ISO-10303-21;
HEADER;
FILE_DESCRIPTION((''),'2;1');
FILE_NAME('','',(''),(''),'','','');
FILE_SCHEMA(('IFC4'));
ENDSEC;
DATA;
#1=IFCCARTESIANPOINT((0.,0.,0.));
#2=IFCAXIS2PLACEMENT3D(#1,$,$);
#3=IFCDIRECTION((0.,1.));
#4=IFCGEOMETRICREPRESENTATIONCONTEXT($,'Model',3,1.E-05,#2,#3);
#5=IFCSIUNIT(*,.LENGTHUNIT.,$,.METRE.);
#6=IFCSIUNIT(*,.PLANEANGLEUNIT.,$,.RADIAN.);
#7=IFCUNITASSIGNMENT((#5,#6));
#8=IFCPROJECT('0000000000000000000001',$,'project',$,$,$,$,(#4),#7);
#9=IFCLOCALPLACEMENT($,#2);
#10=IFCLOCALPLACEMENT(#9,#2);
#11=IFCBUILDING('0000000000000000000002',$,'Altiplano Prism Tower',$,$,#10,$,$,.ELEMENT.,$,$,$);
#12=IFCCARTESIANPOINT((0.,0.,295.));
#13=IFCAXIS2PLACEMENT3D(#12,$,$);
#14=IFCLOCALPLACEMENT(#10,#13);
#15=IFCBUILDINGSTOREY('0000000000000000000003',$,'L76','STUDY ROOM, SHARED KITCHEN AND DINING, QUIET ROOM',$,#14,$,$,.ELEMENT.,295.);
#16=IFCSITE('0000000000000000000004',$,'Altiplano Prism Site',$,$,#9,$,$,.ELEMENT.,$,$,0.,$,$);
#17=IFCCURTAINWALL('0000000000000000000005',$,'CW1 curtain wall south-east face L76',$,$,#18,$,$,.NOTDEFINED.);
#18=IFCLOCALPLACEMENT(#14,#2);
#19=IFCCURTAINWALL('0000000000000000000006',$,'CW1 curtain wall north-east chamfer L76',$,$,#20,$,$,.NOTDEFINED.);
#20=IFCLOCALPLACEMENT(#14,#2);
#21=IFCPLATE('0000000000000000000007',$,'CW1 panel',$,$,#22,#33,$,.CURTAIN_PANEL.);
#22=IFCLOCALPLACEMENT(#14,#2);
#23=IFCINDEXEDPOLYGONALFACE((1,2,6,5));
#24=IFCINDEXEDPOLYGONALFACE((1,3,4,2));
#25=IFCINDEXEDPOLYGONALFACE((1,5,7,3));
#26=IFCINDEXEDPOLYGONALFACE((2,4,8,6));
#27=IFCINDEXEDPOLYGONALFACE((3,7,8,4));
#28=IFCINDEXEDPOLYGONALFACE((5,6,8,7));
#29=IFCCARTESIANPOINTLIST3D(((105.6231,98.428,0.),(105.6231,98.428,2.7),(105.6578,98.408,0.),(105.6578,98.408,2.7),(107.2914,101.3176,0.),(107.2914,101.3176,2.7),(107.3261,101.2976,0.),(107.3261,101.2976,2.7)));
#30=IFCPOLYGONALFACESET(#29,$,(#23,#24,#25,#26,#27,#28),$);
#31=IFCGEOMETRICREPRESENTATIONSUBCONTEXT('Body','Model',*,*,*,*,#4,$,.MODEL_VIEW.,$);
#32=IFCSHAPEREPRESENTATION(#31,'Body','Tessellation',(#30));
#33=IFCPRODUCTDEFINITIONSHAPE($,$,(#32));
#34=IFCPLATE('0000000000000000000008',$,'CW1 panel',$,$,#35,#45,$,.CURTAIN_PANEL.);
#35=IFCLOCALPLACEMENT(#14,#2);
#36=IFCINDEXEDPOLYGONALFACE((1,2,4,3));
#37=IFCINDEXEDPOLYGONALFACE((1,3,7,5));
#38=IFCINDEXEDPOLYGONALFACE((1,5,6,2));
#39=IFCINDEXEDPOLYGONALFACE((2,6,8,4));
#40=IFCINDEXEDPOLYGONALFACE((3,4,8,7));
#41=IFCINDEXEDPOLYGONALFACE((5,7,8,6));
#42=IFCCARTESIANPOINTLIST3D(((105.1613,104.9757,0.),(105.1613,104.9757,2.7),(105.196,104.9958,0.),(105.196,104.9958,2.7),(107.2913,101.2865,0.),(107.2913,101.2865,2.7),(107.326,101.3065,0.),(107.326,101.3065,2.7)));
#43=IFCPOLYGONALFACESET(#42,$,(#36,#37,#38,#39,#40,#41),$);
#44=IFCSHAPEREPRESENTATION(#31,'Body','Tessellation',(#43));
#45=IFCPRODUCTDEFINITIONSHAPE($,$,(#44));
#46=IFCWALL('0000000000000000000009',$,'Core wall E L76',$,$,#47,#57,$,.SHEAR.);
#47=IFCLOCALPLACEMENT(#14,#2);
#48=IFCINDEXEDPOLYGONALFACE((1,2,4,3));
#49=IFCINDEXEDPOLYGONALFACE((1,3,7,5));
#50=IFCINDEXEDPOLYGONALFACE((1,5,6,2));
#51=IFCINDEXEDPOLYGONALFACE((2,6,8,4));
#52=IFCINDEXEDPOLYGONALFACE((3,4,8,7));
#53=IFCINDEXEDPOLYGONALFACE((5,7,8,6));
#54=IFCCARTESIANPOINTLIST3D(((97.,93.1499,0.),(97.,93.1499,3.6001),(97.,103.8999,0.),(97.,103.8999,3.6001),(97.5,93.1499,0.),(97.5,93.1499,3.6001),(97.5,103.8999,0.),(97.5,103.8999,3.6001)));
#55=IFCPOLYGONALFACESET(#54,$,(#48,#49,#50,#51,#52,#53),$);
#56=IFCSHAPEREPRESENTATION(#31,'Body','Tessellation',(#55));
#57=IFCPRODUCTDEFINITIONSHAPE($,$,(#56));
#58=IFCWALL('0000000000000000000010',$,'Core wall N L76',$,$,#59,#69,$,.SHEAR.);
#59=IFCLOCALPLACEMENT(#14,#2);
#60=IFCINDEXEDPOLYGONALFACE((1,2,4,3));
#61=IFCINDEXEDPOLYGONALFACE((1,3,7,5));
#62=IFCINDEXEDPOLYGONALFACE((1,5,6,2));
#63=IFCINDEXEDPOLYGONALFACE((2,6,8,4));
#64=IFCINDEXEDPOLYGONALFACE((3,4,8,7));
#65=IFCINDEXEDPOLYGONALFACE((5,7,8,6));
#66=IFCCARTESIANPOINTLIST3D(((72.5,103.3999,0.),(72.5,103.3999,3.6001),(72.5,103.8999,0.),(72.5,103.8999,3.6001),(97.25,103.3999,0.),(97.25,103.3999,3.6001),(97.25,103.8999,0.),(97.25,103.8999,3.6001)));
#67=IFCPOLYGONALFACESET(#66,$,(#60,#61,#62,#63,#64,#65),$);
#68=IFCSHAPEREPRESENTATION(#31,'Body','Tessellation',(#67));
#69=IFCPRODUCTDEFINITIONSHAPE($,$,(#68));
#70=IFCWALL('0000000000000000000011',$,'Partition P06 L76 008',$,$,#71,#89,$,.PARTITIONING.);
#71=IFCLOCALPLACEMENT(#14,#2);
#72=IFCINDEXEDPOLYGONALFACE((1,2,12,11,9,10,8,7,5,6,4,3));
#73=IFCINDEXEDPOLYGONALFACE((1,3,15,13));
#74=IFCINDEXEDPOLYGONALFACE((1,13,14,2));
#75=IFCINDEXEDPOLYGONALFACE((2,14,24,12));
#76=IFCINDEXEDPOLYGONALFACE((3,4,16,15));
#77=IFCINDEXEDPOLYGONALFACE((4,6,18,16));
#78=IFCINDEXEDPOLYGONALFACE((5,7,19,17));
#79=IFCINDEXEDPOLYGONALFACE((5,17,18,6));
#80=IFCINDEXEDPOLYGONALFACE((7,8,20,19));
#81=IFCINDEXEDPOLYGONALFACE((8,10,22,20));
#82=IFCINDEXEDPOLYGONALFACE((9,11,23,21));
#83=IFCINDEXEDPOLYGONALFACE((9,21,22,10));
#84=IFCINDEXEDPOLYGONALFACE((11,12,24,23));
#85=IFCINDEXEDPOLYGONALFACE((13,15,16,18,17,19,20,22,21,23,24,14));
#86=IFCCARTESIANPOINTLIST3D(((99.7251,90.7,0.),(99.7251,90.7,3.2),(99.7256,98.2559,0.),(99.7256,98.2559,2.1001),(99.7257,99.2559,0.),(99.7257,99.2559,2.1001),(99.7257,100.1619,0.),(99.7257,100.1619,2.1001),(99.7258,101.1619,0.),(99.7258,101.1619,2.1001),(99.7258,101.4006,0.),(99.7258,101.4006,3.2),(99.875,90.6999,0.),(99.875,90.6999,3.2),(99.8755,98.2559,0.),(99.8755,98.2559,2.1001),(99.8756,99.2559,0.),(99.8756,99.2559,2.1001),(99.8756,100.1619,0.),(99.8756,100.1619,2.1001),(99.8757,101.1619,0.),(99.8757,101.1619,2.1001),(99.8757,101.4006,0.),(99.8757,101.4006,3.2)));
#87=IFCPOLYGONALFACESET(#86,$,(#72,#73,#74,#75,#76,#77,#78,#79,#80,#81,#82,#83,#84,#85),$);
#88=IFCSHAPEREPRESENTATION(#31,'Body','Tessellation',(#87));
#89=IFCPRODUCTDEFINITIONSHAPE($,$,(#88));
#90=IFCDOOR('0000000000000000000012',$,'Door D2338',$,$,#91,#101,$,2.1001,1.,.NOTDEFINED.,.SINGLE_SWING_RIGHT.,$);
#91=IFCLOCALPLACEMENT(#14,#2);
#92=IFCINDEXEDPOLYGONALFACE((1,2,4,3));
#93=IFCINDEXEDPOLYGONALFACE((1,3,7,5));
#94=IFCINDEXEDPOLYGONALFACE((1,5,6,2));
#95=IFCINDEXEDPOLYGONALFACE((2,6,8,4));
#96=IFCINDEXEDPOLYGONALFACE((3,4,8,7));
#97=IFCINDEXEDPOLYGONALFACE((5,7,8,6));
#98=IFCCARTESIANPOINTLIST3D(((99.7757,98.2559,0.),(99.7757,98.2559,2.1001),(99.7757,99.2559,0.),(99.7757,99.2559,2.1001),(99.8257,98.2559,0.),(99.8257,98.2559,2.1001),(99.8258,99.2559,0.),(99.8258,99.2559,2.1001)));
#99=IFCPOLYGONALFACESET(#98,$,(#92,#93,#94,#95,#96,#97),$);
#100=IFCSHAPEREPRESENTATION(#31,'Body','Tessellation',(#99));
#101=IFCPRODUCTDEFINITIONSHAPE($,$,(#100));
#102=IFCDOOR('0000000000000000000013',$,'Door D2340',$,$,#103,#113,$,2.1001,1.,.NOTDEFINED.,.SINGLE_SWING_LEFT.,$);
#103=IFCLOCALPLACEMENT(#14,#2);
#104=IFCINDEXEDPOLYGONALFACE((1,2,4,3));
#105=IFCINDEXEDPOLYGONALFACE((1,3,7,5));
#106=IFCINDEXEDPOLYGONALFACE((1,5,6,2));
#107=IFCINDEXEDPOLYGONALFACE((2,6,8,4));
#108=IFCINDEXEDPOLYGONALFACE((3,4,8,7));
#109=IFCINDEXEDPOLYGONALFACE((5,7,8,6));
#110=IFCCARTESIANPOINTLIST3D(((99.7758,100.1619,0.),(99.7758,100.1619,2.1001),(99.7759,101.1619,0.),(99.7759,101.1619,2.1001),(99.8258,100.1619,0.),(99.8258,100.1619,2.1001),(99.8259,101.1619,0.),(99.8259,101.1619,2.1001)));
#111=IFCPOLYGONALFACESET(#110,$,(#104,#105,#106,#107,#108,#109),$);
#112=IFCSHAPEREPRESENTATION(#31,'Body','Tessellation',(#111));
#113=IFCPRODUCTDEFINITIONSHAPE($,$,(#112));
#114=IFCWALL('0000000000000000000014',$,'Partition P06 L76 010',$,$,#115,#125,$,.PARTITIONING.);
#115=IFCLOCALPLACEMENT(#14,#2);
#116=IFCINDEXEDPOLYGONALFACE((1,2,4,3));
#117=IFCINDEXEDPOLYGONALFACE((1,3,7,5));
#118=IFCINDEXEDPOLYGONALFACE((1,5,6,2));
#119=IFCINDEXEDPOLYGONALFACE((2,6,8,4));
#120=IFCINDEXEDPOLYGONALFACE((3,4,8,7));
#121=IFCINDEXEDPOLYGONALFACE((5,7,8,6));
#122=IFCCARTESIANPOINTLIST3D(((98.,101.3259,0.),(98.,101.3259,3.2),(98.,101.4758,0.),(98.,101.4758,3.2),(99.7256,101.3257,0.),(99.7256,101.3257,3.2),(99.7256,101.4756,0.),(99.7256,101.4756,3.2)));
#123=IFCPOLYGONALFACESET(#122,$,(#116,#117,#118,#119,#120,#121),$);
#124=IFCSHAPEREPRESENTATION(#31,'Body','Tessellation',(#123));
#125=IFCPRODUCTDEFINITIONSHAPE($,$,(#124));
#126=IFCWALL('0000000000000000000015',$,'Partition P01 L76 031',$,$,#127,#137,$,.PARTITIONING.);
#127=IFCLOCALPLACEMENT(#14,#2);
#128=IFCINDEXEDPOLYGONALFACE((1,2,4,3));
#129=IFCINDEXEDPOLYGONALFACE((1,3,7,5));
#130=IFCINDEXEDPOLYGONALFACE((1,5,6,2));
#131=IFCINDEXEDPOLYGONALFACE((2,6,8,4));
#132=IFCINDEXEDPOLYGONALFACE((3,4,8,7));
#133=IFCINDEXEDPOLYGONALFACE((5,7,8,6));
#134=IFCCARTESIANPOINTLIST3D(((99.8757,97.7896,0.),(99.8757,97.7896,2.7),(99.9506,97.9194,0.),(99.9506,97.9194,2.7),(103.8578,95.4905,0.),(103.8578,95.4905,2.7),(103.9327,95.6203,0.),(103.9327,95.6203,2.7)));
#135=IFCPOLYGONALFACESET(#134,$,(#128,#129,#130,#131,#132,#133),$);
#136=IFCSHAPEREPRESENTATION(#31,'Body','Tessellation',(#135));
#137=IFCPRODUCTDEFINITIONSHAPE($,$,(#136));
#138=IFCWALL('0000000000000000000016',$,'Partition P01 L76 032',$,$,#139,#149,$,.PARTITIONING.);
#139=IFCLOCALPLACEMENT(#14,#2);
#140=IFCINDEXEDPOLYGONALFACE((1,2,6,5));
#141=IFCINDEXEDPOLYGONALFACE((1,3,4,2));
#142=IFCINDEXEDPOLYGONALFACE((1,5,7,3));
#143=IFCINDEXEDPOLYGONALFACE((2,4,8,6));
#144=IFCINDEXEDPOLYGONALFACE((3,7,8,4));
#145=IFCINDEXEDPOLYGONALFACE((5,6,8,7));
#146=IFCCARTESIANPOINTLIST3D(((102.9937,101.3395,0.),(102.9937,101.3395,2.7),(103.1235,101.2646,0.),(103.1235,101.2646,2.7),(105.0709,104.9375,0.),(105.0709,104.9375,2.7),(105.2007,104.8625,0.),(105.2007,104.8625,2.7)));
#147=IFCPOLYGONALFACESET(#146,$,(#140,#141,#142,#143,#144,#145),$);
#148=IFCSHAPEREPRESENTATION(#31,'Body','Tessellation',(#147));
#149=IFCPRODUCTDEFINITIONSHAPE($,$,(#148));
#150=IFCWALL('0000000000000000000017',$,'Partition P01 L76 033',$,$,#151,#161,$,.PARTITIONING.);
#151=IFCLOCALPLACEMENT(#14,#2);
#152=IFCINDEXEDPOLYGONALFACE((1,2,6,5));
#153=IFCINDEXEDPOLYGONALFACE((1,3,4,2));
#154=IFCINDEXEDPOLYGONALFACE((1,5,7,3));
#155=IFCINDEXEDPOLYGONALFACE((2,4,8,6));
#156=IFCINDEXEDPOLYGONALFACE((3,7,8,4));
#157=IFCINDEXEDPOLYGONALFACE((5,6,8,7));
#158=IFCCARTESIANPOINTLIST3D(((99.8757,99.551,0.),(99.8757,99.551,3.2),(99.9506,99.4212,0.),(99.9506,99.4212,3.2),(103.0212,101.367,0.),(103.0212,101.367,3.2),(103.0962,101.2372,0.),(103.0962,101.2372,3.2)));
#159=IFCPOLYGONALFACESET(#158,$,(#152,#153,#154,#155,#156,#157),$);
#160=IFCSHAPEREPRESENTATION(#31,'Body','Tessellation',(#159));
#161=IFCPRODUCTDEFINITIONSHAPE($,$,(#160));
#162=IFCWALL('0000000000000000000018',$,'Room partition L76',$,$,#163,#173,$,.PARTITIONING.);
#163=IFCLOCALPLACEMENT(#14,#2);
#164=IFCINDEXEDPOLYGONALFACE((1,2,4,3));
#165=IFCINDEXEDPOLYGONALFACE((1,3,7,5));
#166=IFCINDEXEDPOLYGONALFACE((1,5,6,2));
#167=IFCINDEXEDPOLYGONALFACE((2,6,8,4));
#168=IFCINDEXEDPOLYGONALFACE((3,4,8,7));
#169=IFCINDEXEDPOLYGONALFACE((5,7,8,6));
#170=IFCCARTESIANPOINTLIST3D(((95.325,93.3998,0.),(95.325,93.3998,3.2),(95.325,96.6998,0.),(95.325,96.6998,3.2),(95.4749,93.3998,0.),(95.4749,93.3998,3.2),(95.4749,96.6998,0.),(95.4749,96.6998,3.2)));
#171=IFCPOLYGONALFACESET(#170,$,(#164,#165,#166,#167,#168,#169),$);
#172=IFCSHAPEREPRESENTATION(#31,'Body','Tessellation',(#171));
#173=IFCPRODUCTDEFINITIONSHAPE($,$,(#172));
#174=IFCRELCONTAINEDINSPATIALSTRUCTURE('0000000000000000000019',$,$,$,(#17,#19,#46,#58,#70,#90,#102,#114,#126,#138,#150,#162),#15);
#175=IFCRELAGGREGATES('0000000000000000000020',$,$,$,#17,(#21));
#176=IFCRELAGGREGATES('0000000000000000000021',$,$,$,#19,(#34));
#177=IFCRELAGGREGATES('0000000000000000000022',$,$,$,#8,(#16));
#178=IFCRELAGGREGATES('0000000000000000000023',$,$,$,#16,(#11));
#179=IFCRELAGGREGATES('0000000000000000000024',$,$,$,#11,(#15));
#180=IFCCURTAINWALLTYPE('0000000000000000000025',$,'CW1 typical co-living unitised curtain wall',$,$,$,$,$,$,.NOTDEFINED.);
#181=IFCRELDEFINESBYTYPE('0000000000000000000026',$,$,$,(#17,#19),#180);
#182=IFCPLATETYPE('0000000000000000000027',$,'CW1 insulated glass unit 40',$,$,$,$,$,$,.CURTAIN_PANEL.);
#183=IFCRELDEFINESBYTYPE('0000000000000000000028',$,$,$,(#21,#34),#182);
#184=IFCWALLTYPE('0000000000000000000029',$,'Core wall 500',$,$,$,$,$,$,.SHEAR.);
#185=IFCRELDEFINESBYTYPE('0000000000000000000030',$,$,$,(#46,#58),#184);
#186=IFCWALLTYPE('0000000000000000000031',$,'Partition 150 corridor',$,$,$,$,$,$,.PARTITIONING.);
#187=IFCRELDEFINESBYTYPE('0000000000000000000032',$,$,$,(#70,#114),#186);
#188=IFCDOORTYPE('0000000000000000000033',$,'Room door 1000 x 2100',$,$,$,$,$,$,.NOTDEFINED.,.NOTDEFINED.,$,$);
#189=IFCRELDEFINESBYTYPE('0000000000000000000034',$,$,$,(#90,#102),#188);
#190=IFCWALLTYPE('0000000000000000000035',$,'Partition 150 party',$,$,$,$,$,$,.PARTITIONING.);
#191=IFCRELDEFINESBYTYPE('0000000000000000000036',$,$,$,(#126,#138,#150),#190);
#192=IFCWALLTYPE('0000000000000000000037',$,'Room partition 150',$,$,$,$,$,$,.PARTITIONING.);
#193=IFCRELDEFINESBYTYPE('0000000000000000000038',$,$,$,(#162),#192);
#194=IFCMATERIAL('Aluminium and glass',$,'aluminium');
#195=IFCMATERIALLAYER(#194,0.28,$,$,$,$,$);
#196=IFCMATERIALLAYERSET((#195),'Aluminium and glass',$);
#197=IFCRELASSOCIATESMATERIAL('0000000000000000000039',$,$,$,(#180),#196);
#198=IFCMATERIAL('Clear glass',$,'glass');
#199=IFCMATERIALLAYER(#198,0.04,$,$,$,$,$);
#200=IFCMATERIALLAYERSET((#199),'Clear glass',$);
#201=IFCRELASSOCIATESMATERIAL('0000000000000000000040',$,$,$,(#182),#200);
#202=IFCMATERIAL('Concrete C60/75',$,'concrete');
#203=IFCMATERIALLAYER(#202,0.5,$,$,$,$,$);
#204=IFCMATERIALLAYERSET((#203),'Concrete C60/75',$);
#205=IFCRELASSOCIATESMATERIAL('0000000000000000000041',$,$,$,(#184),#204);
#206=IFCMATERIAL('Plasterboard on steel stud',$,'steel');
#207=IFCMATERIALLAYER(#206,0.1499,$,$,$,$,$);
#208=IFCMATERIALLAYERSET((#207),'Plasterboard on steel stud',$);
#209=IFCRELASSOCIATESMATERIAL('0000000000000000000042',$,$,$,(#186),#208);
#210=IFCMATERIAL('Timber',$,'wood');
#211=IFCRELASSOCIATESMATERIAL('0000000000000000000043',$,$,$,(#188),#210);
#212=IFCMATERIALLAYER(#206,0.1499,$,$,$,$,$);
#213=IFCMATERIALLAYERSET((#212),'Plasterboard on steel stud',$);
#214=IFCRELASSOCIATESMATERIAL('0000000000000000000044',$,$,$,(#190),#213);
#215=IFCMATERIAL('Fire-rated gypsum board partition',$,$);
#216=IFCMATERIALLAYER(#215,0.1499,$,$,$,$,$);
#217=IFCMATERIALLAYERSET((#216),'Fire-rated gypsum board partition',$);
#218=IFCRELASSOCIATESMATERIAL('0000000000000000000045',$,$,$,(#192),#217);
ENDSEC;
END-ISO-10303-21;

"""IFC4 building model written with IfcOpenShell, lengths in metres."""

from ifc_helpers import new_model, si_unit, direction, frame, frame_2d, origin, origin_2d, place, context, subcontext, project, spatial, rectangle, extrude, material, layer, layer_set, type_object, element, fill, aggregate, save


model = new_model("IFC4")

# Units and contexts
model_context = context("Model", 3, precision=1e-05, world=origin(), true_north=direction((0.0, 1.0)))
body_context = subcontext(model_context, "Body", "Model", "MODEL_VIEW")
ifc_project = project(units=[si_unit("LENGTHUNIT", "METRE"), si_unit("PLANEANGLEUNIT", "RADIAN")], contexts=[model_context])

# Site, building, storey
site_placement = place(None, origin())
site = spatial("IfcSite", under=ifc_project, at=site_placement, Name="Altiplano Prism Site", CompositionType="ELEMENT", RefElevation=0.0)
building_placement = place(site_placement, origin())
building = spatial("IfcBuilding", under=site, at=building_placement, Name="Altiplano Prism Tower", CompositionType="ELEMENT")
storey_placement = place(building_placement, frame((0.0, 0.0, 295.0)))
storey = spatial("IfcBuildingStorey", under=building, at=storey_placement, Name="L76", Description="STUDY ROOM, SHARED KITCHEN AND DINING, QUIET ROOM", CompositionType="ELEMENT", Elevation=295.0)

# Shared definitions
ifc_material_1 = material(Name="Concrete C60/75", Category="concrete")

# Curtain wall
ifc_material_2 = material(Name="Aluminium and glass", Category="aluminium")
ifc_layer_1 = layer(ifc_material_2, 0.28)
ifc_layer_set_1 = layer_set([ifc_layer_1], Name="Aluminium and glass")
curtain_wall_type = type_object("IfcCurtainWallType", Name="CW1 typical co-living unitised curtain wall", PredefinedType="NOTDEFINED", material=ifc_layer_set_1)
curtain_wall_1_placement = place(storey_placement, origin())
curtain_wall_1 = element("IfcCurtainWall", 1, at=curtain_wall_1_placement, inside=storey, type_object=curtain_wall_type, Name="CW1 curtain wall south-east face L76", PredefinedType="NOTDEFINED")

# Curtain wall
curtain_wall_2_placement = place(storey_placement, origin())
curtain_wall_2 = element("IfcCurtainWall", 2, at=curtain_wall_2_placement, inside=storey, type_object=curtain_wall_type, Name="CW1 curtain wall north-east chamfer L76", PredefinedType="NOTDEFINED")

# Plates
ifc_material_3 = material(Name="Clear glass", Category="glass")
ifc_layer_2 = layer(ifc_material_3, 0.04)
ifc_layer_set_2 = layer_set([ifc_layer_2], Name="Clear glass")
plate_type = type_object("IfcPlateType", Name="CW1 insulated glass unit 40", PredefinedType="CURTAIN_PANEL", material=ifc_layer_set_2)
plate_1_placement = place(storey_placement, frame((106.4746, 99.8628, 0.0), z_axis=(0.0, 0.0, 1.0), x_axis=(0.5, 0.866025, 0.0)))
plate_1 = element("IfcPlate", 3, at=plate_1_placement, type_object=plate_type, Name="CW1 panel", PredefinedType="CURTAIN_PANEL", context=body_context, shape_type="SweptSolid", body=[
    extrude(rectangle(XDim=3.3367, YDim=0.04, at=origin_2d()), origin(), (0.0, 0.0, 1.0), 2.7),
])
aggregate(curtain_wall_1, [plate_1])
plate_2_placement = place(storey_placement, frame((106.2437, 103.1411, 0.0), z_axis=(0.0, 0.0, 1.0), x_axis=(-0.5, 0.866025, 0.0)))
plate_2 = element("IfcPlate", 4, at=plate_2_placement, type_object=plate_type, Name="CW1 panel", PredefinedType="CURTAIN_PANEL", context=body_context, shape_type="SweptSolid", body=[
    extrude(rectangle(XDim=4.26, YDim=0.04, at=origin_2d()), origin(), (0.0, 0.0, 1.0), 2.7),
])
aggregate(curtain_wall_2, [plate_2])

# Walls
ifc_layer_3 = layer(ifc_material_1, 0.5)
ifc_layer_set_3 = layer_set([ifc_layer_3], Name="Concrete C60/75")
wall_type_1 = type_object("IfcWallType", Name="Core wall 500", PredefinedType="SHEAR", material=ifc_layer_set_3)
wall_1_placement = place(storey_placement, frame((97.25, 93.1499, 0.0), z_axis=(0.0, 0.0, 1.0), x_axis=(0.0, 1.0, 0.0)))
element("IfcWall", 5, at=wall_1_placement, inside=storey, type_object=wall_type_1, Name="Core wall E L76", PredefinedType="SHEAR", context=body_context, shape_type="SweptSolid", body=[
    extrude(rectangle(XDim=10.75, YDim=0.5, at=frame_2d((5.375, 0.0))), origin(), (0.0, 0.0, 1.0), 3.6001),
])
wall_2_placement = place(storey_placement, frame((97.25, 103.6499, 0.0), z_axis=(0.0, 0.0, 1.0), x_axis=(-1.0, 0.0, 0.0)))
element("IfcWall", 6, at=wall_2_placement, inside=storey, type_object=wall_type_1, Name="Core wall N L76", PredefinedType="SHEAR", context=body_context, shape_type="SweptSolid", body=[
    extrude(rectangle(XDim=24.75, YDim=0.5, at=frame_2d((12.375, 0.0))), origin(), (0.0, 0.0, 1.0), 3.6001),
])

# Wall, openings, doors
ifc_material_4 = material(Name="Plasterboard on steel stud", Category="steel")
ifc_layer_4 = layer(ifc_material_4, 0.1499)
ifc_layer_set_4 = layer_set([ifc_layer_4], Name="Plasterboard on steel stud")
wall_type_2 = type_object("IfcWallType", Name="Partition 150 corridor", PredefinedType="PARTITIONING", material=ifc_layer_set_4)
wall_3_placement = place(storey_placement, frame((99.8, 90.7, 0.0), z_axis=(0.0, 0.0, 1.0), x_axis=(0.000068, 1.0, 0.0)))
wall_3 = element("IfcWall", 7, at=wall_3_placement, inside=storey, type_object=wall_type_2, Name="Partition P06 L76 008", PredefinedType="PARTITIONING", context=body_context, shape_type="SweptSolid", body=[
    extrude(rectangle(XDim=10.7007, YDim=0.1499, at=frame_2d((5.3503, 0.0))), origin(), (0.0, 0.0, 1.0), 3.2),
])
opening_1_placement = place(wall_3_placement, frame((7.5559, 0.0, 0.0)))
opening_1 = element("IfcOpeningElement", 8, at=opening_1_placement, cuts=wall_3, PredefinedType="OPENING", context=body_context, shape_type="SweptSolid", body=[
    extrude(rectangle(XDim=1.0, YDim=2.1001, at=frame_2d((0.5, 1.05))), frame((0.0, 0.0854, 0.0), z_axis=(0.0, -1.0, 0.0), x_axis=(1.0, 0.0, 0.0)), (0.0, 0.0, 1.0), 0.1709),
])
opening_2_placement = place(wall_3_placement, frame((9.4619, 0.0, 0.0)))
opening_2 = element("IfcOpeningElement", 9, at=opening_2_placement, cuts=wall_3, PredefinedType="OPENING", context=body_context, shape_type="SweptSolid", body=[
    extrude(rectangle(XDim=1.0, YDim=2.1001, at=frame_2d((0.5, 1.05))), frame((0.0, 0.0854, 0.0), z_axis=(0.0, -1.0, 0.0), x_axis=(1.0, 0.0, 0.0)), (0.0, 0.0, 1.0), 0.1709),
])
ifc_material_5 = material(Name="Timber", Category="wood")
door_type = type_object("IfcDoorType", Name="Room door 1000 x 2100", OperationType="NOTDEFINED", PredefinedType="NOTDEFINED", material=ifc_material_5)
door_1_placement = place(opening_1_placement, origin())
door_1 = element("IfcDoor", 10, at=door_1_placement, inside=storey, type_object=door_type, Name="Door D2338", OperationType="SINGLE_SWING_RIGHT", OverallHeight=2.1001, OverallWidth=1.0, PredefinedType="NOTDEFINED", context=body_context, shape_type="SweptSolid", body=[
    extrude(rectangle(XDim=1.0, YDim=2.1001, at=frame_2d((0.5, 1.05))), frame((0.0, 0.0249, 0.0), z_axis=(0.0, -1.0, 0.0), x_axis=(1.0, 0.0, 0.0)), (0.0, 0.0, 1.0), 0.05),
])
fill(opening_1, door_1)
door_2_placement = place(opening_2_placement, origin())
door_2 = element("IfcDoor", 11, at=door_2_placement, inside=storey, type_object=door_type, Name="Door D2340", OperationType="SINGLE_SWING_LEFT", OverallHeight=2.1001, OverallWidth=1.0, PredefinedType="NOTDEFINED", context=body_context, shape_type="SweptSolid", body=[
    extrude(rectangle(XDim=1.0, YDim=2.1001, at=frame_2d((0.5, 1.05))), frame((0.0, 0.0249, 0.0), z_axis=(0.0, -1.0, 0.0), x_axis=(1.0, 0.0, 0.0)), (0.0, 0.0, 1.0), 0.05),
])
fill(opening_2, door_2)

# Walls
wall_4_placement = place(storey_placement, frame((99.7256, 101.4006, 0.0), z_axis=(0.0, 0.0, 1.0), x_axis=(-1.0, 0.000141, 0.0)))
element("IfcWall", 12, at=wall_4_placement, inside=storey, type_object=wall_type_2, Name="Partition P06 L76 010", PredefinedType="PARTITIONING", context=body_context, shape_type="SweptSolid", body=[
    extrude(rectangle(XDim=1.7256, YDim=0.1499, at=frame_2d((0.8628, 0.0))), origin(), (0.0, 0.0, 1.0), 3.2),
])
ifc_layer_5 = layer(ifc_material_4, 0.1499)
ifc_layer_set_5 = layer_set([ifc_layer_5], Name="Plasterboard on steel stud")
wall_type_3 = type_object("IfcWallType", Name="Partition 150 party", PredefinedType="PARTITIONING", material=ifc_layer_set_5)
wall_5_placement = place(storey_placement, frame((103.8953, 95.5554, 0.0), z_axis=(0.0, 0.0, 1.0), x_axis=(-0.866029, 0.499994, 0.0)))
element("IfcWall", 13, at=wall_5_placement, inside=storey, type_object=wall_type_3, Name="Partition P01 L76 031", PredefinedType="PARTITIONING", context=body_context, shape_type="SweptSolid", body=[
    extrude(rectangle(XDim=4.5981, YDim=0.1499, at=frame_2d((2.2991, 0.0))), origin(), (0.0, 0.0, 1.0), 2.7),
])
wall_6_placement = place(storey_placement, frame((105.1357, 104.8999, 0.0), z_axis=(0.0, 0.0, 1.0), x_axis=(-0.499982, -0.866036, 0.0)))
element("IfcWall", 14, at=wall_6_placement, inside=storey, type_object=wall_type_3, Name="Partition P01 L76 032", PredefinedType="PARTITIONING", context=body_context, shape_type="SweptSolid", body=[
    extrude(rectangle(XDim=4.1545, YDim=0.1499, at=frame_2d((2.0771, 0.0))), origin(), (0.0, 0.0, 1.0), 2.7),
])
wall_7_placement = place(storey_placement, frame((103.0586, 101.302, 0.0), z_axis=(0.0, 0.0, 1.0), x_axis=(-0.866042, -0.499971, 0.0)))
element("IfcWall", 15, at=wall_7_placement, inside=storey, type_object=wall_type_3, Name="Partition P01 L76 033", PredefinedType="PARTITIONING", context=body_context, shape_type="SweptSolid", body=[
    extrude(rectangle(XDim=3.6321, YDim=0.1499, at=frame_2d((1.8159, 0.0))), origin(), (0.0, 0.0, 1.0), 3.2),
])
ifc_material_6 = material(Name="Fire-rated gypsum board partition")
ifc_layer_6 = layer(ifc_material_6, 0.1499)
ifc_layer_set_6 = layer_set([ifc_layer_6], Name="Fire-rated gypsum board partition")
wall_type_4 = type_object("IfcWallType", Name="Room partition 150", PredefinedType="PARTITIONING", material=ifc_layer_set_6)
wall_8_placement = place(storey_placement, frame((95.3999, 93.3999, 0.0), z_axis=(0.0, 0.0, 1.0), x_axis=(0.0, 1.0, 0.0)))
element("IfcWall", 16, at=wall_8_placement, inside=storey, type_object=wall_type_4, Name="Room partition L76", PredefinedType="PARTITIONING", context=body_context, shape_type="SweptSolid", body=[
    extrude(rectangle(XDim=3.3, YDim=0.1499, at=frame_2d((1.6499, 0.0))), origin(), (0.0, 0.0, 1.0), 3.2),
])

save(model, "model.ifc")
